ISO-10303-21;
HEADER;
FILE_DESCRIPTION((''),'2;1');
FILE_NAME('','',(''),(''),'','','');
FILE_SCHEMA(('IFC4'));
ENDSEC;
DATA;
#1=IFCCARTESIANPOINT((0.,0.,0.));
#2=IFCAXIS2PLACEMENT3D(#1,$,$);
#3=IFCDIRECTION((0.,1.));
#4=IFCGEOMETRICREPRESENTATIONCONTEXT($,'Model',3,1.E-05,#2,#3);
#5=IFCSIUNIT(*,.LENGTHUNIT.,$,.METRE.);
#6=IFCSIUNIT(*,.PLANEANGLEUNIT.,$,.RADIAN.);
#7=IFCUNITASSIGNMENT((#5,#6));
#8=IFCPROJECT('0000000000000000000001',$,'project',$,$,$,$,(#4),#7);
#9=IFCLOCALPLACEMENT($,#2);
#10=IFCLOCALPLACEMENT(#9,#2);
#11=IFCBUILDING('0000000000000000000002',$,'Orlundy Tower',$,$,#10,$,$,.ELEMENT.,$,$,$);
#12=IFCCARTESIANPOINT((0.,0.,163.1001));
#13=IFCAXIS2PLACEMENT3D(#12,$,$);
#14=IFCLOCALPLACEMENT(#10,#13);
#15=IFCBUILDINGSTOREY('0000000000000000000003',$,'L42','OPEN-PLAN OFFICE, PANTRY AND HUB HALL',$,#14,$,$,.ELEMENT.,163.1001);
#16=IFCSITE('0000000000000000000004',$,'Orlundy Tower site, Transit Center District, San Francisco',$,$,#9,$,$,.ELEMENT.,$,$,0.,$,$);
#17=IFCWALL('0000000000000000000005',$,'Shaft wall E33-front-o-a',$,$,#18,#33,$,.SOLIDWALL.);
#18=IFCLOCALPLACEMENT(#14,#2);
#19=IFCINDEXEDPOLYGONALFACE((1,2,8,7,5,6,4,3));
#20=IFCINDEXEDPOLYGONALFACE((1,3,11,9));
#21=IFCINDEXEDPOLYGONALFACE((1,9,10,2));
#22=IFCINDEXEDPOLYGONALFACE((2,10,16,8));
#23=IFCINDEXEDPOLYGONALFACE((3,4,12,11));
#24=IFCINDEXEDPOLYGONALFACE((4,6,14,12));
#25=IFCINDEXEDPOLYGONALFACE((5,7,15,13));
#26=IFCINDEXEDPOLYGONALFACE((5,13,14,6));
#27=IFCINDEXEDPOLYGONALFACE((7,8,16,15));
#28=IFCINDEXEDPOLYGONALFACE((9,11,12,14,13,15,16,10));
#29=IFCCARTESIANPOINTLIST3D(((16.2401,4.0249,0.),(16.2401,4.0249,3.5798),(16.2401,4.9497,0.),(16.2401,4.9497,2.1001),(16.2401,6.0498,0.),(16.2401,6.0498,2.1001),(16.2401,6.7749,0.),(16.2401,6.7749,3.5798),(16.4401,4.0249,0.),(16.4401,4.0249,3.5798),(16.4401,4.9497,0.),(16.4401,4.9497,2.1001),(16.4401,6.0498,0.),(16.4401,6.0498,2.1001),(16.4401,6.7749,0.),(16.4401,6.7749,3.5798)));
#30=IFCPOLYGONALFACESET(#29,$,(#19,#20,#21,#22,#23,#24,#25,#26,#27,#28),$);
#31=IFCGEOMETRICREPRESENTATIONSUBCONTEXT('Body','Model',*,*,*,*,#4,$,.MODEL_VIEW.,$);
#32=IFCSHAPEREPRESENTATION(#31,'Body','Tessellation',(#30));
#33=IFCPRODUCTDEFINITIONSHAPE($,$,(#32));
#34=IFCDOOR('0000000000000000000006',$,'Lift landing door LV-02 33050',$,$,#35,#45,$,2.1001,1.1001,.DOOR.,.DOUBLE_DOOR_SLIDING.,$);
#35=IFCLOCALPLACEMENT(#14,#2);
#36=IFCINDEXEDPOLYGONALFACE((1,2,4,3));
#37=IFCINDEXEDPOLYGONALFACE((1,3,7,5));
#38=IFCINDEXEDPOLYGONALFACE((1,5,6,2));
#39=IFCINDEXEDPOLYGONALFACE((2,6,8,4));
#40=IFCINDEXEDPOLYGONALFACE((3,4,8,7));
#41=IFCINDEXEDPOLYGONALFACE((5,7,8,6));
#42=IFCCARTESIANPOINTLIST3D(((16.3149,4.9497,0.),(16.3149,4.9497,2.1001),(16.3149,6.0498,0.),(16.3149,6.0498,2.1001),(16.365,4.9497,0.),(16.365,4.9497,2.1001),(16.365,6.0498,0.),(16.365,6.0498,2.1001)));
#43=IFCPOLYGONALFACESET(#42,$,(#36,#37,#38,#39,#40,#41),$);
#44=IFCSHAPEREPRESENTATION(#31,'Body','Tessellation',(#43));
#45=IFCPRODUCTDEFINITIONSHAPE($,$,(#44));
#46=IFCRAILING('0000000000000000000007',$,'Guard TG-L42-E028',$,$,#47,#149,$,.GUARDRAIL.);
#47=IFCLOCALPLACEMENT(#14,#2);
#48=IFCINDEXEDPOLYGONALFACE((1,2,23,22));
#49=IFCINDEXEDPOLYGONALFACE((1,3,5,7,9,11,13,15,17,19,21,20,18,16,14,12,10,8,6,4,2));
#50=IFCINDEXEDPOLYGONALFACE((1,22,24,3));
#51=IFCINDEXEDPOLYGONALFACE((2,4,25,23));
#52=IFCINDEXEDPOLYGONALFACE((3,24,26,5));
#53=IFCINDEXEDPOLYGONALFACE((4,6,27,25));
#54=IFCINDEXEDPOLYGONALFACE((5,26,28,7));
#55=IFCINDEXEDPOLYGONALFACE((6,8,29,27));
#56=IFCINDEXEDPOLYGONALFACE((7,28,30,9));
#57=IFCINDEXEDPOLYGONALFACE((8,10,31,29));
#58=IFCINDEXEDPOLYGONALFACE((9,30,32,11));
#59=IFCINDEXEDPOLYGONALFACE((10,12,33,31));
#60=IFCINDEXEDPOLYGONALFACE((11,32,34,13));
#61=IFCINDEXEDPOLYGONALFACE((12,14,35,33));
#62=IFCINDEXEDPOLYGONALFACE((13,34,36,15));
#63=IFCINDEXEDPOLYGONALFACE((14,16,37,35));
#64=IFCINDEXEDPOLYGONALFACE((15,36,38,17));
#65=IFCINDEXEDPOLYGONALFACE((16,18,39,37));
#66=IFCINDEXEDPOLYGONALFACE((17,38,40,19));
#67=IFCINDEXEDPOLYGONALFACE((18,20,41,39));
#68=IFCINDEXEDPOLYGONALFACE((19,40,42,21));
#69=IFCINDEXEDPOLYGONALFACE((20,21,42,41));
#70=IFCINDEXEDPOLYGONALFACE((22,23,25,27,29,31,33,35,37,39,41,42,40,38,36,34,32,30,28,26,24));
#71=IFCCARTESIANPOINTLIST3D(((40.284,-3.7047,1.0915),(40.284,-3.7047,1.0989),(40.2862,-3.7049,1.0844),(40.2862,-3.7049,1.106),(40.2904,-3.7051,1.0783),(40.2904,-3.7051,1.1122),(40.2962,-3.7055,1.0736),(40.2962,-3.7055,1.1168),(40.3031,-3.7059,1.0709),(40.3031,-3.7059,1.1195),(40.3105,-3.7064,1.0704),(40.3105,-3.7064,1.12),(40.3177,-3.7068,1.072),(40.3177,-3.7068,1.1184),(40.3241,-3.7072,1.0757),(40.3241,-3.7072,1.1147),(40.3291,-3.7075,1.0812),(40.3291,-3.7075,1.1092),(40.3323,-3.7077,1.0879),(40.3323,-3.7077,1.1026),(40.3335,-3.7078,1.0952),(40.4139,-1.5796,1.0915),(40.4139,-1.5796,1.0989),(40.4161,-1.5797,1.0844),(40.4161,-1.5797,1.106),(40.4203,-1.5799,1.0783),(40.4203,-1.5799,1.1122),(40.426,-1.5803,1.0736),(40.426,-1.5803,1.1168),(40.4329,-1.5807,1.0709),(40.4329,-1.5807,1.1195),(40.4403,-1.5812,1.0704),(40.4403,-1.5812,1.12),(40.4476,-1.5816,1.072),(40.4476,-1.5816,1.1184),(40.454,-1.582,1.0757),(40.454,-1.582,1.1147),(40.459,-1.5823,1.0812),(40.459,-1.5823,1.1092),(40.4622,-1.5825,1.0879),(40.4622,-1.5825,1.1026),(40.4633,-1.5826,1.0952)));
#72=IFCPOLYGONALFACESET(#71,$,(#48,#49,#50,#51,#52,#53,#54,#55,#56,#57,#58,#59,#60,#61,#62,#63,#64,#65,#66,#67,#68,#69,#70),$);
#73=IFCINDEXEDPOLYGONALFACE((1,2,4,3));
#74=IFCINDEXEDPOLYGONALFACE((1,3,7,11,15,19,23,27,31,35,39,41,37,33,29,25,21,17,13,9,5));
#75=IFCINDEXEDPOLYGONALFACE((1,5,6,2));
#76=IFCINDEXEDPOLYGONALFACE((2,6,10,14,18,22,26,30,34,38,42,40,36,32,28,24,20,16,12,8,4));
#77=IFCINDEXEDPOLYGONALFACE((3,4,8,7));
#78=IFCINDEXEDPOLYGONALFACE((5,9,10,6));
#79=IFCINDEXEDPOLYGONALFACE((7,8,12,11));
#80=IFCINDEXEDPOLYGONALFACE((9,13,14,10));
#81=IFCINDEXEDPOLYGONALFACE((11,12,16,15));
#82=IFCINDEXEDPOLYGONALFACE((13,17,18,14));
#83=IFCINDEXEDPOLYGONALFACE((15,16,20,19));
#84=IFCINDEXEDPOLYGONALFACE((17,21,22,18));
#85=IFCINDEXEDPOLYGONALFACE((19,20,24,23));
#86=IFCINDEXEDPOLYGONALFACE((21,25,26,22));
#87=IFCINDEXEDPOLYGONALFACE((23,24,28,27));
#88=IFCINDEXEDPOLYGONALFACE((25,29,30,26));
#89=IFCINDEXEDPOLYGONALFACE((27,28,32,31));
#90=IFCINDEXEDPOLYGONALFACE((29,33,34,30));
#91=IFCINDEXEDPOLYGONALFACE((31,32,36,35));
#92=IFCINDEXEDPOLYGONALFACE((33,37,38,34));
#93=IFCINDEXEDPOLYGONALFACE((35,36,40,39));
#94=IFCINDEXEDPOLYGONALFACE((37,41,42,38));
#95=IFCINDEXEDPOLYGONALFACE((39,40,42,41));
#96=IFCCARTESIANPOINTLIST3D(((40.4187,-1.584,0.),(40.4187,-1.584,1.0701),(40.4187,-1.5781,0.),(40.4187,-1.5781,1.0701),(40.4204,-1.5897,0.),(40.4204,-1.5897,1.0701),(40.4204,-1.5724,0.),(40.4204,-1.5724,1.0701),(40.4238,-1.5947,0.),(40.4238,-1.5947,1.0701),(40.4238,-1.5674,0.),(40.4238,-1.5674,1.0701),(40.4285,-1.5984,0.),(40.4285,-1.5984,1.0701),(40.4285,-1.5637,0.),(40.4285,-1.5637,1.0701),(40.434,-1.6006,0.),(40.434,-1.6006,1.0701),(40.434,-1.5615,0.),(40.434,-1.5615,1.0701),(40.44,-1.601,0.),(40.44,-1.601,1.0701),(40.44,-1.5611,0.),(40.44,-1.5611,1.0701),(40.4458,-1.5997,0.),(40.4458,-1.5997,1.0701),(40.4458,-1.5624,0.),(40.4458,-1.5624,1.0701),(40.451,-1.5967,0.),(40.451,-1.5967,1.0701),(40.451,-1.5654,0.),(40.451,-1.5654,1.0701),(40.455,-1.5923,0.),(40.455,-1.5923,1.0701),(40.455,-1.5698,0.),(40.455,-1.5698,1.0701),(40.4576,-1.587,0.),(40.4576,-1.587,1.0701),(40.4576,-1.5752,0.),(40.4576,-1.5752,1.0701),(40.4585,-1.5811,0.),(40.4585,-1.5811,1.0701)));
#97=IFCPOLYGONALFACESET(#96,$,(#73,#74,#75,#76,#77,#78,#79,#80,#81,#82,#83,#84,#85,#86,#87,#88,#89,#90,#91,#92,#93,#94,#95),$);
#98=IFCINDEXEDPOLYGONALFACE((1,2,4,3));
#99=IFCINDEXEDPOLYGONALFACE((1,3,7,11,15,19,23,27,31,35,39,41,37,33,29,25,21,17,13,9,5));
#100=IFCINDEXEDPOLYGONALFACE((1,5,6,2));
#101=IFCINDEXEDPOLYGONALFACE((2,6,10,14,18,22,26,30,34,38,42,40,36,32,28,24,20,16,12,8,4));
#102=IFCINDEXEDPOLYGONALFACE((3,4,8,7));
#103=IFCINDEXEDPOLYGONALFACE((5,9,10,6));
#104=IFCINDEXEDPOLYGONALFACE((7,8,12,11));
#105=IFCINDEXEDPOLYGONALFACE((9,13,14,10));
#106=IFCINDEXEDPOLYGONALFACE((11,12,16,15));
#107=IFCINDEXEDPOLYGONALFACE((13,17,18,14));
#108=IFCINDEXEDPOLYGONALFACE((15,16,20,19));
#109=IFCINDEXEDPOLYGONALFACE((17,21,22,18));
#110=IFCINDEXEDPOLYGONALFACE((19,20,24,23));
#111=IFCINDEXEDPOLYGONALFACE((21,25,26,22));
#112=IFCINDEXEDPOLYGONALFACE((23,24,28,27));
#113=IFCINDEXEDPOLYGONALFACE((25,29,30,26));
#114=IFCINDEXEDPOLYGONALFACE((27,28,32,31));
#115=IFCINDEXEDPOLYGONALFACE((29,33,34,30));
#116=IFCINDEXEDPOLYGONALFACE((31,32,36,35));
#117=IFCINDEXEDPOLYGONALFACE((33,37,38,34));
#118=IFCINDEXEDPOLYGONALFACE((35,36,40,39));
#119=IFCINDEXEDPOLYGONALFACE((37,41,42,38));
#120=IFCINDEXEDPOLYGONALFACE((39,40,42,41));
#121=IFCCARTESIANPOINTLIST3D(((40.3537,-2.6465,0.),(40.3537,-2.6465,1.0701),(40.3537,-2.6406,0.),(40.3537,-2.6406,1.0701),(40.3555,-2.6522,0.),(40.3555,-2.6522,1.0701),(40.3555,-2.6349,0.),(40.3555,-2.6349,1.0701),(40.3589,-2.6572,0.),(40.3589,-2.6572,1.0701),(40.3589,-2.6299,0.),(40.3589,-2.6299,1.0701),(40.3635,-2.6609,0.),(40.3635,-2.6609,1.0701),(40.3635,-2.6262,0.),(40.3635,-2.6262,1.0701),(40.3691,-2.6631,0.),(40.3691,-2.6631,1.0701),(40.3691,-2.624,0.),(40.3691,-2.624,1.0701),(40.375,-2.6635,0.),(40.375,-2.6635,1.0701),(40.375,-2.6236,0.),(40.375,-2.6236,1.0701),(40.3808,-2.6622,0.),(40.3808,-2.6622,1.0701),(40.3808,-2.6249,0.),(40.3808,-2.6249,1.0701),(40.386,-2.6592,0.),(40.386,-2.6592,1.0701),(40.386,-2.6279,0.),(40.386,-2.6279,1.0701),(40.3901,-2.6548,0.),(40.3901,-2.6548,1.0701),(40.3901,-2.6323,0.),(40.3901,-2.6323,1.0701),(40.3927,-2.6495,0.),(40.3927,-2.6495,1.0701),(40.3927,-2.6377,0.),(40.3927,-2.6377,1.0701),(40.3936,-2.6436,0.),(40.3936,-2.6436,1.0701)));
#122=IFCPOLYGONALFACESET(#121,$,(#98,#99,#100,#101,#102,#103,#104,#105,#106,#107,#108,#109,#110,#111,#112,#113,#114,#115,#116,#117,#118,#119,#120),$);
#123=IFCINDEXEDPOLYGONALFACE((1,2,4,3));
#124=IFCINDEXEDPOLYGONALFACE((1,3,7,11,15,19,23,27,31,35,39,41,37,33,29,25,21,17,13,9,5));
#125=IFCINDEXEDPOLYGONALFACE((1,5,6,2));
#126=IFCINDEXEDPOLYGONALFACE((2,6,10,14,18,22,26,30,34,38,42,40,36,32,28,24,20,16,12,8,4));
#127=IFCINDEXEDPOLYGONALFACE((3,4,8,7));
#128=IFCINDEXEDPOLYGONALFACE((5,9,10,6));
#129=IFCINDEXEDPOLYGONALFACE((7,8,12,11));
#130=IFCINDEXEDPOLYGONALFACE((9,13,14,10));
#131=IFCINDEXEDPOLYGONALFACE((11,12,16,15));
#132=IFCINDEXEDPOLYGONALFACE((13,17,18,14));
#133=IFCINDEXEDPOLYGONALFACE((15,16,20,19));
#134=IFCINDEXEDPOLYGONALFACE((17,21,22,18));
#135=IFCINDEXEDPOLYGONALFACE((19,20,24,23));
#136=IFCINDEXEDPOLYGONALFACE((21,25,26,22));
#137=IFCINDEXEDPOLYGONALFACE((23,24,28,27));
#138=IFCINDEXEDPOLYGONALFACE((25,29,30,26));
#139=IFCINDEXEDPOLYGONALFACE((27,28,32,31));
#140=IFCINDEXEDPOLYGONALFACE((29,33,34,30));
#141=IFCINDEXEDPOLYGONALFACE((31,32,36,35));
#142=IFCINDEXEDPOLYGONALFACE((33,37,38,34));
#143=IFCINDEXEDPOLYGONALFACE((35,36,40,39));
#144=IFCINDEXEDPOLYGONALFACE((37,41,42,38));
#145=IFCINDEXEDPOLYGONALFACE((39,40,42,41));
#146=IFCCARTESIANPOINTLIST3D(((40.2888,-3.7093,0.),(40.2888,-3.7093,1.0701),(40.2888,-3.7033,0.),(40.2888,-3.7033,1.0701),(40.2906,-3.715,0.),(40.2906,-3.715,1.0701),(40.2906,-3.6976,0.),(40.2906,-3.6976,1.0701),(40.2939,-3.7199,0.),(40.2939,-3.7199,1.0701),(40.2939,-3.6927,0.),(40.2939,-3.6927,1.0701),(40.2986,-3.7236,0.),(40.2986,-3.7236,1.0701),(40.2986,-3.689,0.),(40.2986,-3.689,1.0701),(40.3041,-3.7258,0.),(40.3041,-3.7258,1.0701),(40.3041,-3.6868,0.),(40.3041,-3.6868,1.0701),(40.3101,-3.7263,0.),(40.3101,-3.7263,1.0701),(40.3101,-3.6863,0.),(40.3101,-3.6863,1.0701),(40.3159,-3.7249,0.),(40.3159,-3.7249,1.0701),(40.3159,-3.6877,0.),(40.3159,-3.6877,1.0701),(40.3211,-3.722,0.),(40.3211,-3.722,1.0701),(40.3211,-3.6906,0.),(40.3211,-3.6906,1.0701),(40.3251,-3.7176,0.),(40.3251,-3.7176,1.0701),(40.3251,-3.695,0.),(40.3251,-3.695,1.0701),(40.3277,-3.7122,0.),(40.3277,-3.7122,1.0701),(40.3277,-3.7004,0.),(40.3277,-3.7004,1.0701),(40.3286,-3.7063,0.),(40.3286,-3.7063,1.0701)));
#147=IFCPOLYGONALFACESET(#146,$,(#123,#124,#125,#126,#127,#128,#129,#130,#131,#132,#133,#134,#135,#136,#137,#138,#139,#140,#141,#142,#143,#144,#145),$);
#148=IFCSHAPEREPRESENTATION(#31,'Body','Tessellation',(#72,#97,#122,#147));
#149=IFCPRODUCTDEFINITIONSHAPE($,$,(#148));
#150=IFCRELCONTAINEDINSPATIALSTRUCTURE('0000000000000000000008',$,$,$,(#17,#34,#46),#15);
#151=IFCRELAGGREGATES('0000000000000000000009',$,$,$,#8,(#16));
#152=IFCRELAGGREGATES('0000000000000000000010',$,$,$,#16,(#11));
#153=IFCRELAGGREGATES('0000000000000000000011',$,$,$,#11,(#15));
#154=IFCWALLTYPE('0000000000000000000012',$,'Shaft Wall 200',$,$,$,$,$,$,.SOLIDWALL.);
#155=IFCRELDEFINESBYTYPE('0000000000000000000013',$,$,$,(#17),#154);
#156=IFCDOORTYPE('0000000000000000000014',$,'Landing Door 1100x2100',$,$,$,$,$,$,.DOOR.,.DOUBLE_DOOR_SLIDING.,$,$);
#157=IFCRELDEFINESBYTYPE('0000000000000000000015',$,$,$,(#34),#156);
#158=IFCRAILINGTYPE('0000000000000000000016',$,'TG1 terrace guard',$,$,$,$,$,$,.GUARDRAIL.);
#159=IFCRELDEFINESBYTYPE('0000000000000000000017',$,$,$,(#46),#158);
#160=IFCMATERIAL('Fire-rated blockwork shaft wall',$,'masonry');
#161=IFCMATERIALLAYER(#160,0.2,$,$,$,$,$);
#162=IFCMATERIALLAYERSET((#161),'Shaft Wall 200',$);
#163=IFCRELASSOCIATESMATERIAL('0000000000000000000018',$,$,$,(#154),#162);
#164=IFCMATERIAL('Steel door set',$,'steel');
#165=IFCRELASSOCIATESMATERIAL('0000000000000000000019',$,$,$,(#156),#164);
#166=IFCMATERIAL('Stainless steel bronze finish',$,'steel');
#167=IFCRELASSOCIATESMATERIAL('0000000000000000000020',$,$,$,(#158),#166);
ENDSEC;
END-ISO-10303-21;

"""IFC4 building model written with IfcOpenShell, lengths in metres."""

from ifc_helpers import new_model, si_unit, direction, frame, frame_2d, origin, origin_2d, place, context, subcontext, project, spatial, rectangle, circle, extrude, material, layer, layer_set, type_object, element, fill, save


model = new_model("IFC4")

# Units and contexts
model_context = context("Model", 3, precision=1e-05, world=origin(), true_north=direction((0.0, 1.0)))
body_context = subcontext(model_context, "Body", "Model", "MODEL_VIEW")
ifc_project = project(units=[si_unit("LENGTHUNIT", "METRE"), si_unit("PLANEANGLEUNIT", "RADIAN")], contexts=[model_context])

# Site, building, storey
site_placement = place(None, origin())
site = spatial("IfcSite", under=ifc_project, at=site_placement, Name="Orlundy Tower site, Transit Center District, San Francisco", CompositionType="ELEMENT", RefElevation=0.0)
building_placement = place(site_placement, origin())
building = spatial("IfcBuilding", under=site, at=building_placement, Name="Orlundy Tower", CompositionType="ELEMENT")
storey_placement = place(building_placement, frame((0.0, 0.0, 163.1001)))
storey = spatial("IfcBuildingStorey", under=building, at=storey_placement, Name="L42", Description="OPEN-PLAN OFFICE, PANTRY AND HUB HALL", CompositionType="ELEMENT", Elevation=163.1001)

# Wall, opening, door
ifc_material_1 = material(Name="Fire-rated blockwork shaft wall", Category="masonry")
ifc_layer_1 = layer(ifc_material_1, 0.2)
ifc_layer_set_1 = layer_set([ifc_layer_1], Name="Shaft Wall 200")
wall_type_1 = type_object("IfcWallType", Name="Shaft Wall 200", PredefinedType="SOLIDWALL", material=ifc_layer_set_1)
wall_1_placement = place(storey_placement, frame((16.3401, 6.7749, 0.0), z_axis=(0.0, 0.0, 1.0), x_axis=(0.0, -1.0, 0.0)))
wall_1 = element("IfcWall", 1, at=wall_1_placement, inside=storey, type_object=wall_type_1, Name="Shaft wall E33-front-o-a", PredefinedType="SOLIDWALL", context=body_context, shape_type="SweptSolid", body=[
    extrude(rectangle(XDim=2.75, YDim=0.2, at=frame_2d((1.375, 0.0))), origin(), (0.0, 0.0, 1.0), 3.5798),
])
opening_1_placement = place(wall_1_placement, frame((0.7251, 0.0, 0.0)))
opening_1 = element("IfcOpeningElement", 2, at=opening_1_placement, cuts=wall_1, PredefinedType="OPENING", context=body_context, shape_type="SweptSolid", body=[
    extrude(rectangle(XDim=1.1001, YDim=2.1001, at=frame_2d((0.55, 1.05))), frame((0.0, 0.1101, 0.0), z_axis=(0.0, -1.0, 0.0), x_axis=(1.0, 0.0, 0.0)), (0.0, 0.0, 1.0), 0.2202),
])
ifc_material_2 = material(Name="Steel door set", Category="steel")
door_type_1 = type_object("IfcDoorType", Name="Landing Door 1100x2100", OperationType="DOUBLE_DOOR_SLIDING", PredefinedType="DOOR", material=ifc_material_2)
door_1_placement = place(opening_1_placement, origin())
door_1 = element("IfcDoor", 3, at=door_1_placement, inside=storey, type_object=door_type_1, Name="Lift landing door LV-02 33050", OperationType="DOUBLE_DOOR_SLIDING", OverallHeight=2.1001, OverallWidth=1.1001, PredefinedType="DOOR", context=body_context, shape_type="SweptSolid", body=[
    extrude(rectangle(XDim=1.1001, YDim=2.1001, at=frame_2d((0.55, 1.05))), frame((0.0, 0.0249, 0.0), z_axis=(0.0, -1.0, 0.0), x_axis=(1.0, 0.0, 0.0)), (0.0, 0.0, 1.0), 0.05),
])
fill(opening_1, door_1)

# Railing
ifc_material_3 = material(Name="Stainless steel bronze finish", Category="steel")
railing_type = type_object("IfcRailingType", Name="TG1 terrace guard", PredefinedType="GUARDRAIL", material=ifc_material_3)
railing_1_placement = place(storey_placement, frame((40.4385, -1.5811, 0.0)))
element("IfcRailing", 4, at=railing_1_placement, inside=storey, type_object=railing_type, Name="Guard TG-L42-E028", PredefinedType="GUARDRAIL", context=body_context, shape_type="SweptSolid", body=[
    extrude(circle(Radius=0.0249, at=origin_2d()), frame((0.0, 0.0, 1.0952), z_axis=(-0.061, -0.998138, 0.0), x_axis=(0.998138, -0.061, 0.0)), (0.0, 0.0, 1.0), 2.1292),
    extrude(circle(Radius=0.02, at=origin_2d()), origin(), (0.0, 0.0, 1.0), 1.0701),
    extrude(circle(Radius=0.02, at=origin_2d()), frame((-0.0649, -1.0625, 0.0)), (0.0, 0.0, 1.0), 1.0701),
    extrude(circle(Radius=0.02, at=origin_2d()), frame((-0.1299, -2.1252, 0.0)), (0.0, 0.0, 1.0), 1.0701),
])

save(model, "model.ifc")
